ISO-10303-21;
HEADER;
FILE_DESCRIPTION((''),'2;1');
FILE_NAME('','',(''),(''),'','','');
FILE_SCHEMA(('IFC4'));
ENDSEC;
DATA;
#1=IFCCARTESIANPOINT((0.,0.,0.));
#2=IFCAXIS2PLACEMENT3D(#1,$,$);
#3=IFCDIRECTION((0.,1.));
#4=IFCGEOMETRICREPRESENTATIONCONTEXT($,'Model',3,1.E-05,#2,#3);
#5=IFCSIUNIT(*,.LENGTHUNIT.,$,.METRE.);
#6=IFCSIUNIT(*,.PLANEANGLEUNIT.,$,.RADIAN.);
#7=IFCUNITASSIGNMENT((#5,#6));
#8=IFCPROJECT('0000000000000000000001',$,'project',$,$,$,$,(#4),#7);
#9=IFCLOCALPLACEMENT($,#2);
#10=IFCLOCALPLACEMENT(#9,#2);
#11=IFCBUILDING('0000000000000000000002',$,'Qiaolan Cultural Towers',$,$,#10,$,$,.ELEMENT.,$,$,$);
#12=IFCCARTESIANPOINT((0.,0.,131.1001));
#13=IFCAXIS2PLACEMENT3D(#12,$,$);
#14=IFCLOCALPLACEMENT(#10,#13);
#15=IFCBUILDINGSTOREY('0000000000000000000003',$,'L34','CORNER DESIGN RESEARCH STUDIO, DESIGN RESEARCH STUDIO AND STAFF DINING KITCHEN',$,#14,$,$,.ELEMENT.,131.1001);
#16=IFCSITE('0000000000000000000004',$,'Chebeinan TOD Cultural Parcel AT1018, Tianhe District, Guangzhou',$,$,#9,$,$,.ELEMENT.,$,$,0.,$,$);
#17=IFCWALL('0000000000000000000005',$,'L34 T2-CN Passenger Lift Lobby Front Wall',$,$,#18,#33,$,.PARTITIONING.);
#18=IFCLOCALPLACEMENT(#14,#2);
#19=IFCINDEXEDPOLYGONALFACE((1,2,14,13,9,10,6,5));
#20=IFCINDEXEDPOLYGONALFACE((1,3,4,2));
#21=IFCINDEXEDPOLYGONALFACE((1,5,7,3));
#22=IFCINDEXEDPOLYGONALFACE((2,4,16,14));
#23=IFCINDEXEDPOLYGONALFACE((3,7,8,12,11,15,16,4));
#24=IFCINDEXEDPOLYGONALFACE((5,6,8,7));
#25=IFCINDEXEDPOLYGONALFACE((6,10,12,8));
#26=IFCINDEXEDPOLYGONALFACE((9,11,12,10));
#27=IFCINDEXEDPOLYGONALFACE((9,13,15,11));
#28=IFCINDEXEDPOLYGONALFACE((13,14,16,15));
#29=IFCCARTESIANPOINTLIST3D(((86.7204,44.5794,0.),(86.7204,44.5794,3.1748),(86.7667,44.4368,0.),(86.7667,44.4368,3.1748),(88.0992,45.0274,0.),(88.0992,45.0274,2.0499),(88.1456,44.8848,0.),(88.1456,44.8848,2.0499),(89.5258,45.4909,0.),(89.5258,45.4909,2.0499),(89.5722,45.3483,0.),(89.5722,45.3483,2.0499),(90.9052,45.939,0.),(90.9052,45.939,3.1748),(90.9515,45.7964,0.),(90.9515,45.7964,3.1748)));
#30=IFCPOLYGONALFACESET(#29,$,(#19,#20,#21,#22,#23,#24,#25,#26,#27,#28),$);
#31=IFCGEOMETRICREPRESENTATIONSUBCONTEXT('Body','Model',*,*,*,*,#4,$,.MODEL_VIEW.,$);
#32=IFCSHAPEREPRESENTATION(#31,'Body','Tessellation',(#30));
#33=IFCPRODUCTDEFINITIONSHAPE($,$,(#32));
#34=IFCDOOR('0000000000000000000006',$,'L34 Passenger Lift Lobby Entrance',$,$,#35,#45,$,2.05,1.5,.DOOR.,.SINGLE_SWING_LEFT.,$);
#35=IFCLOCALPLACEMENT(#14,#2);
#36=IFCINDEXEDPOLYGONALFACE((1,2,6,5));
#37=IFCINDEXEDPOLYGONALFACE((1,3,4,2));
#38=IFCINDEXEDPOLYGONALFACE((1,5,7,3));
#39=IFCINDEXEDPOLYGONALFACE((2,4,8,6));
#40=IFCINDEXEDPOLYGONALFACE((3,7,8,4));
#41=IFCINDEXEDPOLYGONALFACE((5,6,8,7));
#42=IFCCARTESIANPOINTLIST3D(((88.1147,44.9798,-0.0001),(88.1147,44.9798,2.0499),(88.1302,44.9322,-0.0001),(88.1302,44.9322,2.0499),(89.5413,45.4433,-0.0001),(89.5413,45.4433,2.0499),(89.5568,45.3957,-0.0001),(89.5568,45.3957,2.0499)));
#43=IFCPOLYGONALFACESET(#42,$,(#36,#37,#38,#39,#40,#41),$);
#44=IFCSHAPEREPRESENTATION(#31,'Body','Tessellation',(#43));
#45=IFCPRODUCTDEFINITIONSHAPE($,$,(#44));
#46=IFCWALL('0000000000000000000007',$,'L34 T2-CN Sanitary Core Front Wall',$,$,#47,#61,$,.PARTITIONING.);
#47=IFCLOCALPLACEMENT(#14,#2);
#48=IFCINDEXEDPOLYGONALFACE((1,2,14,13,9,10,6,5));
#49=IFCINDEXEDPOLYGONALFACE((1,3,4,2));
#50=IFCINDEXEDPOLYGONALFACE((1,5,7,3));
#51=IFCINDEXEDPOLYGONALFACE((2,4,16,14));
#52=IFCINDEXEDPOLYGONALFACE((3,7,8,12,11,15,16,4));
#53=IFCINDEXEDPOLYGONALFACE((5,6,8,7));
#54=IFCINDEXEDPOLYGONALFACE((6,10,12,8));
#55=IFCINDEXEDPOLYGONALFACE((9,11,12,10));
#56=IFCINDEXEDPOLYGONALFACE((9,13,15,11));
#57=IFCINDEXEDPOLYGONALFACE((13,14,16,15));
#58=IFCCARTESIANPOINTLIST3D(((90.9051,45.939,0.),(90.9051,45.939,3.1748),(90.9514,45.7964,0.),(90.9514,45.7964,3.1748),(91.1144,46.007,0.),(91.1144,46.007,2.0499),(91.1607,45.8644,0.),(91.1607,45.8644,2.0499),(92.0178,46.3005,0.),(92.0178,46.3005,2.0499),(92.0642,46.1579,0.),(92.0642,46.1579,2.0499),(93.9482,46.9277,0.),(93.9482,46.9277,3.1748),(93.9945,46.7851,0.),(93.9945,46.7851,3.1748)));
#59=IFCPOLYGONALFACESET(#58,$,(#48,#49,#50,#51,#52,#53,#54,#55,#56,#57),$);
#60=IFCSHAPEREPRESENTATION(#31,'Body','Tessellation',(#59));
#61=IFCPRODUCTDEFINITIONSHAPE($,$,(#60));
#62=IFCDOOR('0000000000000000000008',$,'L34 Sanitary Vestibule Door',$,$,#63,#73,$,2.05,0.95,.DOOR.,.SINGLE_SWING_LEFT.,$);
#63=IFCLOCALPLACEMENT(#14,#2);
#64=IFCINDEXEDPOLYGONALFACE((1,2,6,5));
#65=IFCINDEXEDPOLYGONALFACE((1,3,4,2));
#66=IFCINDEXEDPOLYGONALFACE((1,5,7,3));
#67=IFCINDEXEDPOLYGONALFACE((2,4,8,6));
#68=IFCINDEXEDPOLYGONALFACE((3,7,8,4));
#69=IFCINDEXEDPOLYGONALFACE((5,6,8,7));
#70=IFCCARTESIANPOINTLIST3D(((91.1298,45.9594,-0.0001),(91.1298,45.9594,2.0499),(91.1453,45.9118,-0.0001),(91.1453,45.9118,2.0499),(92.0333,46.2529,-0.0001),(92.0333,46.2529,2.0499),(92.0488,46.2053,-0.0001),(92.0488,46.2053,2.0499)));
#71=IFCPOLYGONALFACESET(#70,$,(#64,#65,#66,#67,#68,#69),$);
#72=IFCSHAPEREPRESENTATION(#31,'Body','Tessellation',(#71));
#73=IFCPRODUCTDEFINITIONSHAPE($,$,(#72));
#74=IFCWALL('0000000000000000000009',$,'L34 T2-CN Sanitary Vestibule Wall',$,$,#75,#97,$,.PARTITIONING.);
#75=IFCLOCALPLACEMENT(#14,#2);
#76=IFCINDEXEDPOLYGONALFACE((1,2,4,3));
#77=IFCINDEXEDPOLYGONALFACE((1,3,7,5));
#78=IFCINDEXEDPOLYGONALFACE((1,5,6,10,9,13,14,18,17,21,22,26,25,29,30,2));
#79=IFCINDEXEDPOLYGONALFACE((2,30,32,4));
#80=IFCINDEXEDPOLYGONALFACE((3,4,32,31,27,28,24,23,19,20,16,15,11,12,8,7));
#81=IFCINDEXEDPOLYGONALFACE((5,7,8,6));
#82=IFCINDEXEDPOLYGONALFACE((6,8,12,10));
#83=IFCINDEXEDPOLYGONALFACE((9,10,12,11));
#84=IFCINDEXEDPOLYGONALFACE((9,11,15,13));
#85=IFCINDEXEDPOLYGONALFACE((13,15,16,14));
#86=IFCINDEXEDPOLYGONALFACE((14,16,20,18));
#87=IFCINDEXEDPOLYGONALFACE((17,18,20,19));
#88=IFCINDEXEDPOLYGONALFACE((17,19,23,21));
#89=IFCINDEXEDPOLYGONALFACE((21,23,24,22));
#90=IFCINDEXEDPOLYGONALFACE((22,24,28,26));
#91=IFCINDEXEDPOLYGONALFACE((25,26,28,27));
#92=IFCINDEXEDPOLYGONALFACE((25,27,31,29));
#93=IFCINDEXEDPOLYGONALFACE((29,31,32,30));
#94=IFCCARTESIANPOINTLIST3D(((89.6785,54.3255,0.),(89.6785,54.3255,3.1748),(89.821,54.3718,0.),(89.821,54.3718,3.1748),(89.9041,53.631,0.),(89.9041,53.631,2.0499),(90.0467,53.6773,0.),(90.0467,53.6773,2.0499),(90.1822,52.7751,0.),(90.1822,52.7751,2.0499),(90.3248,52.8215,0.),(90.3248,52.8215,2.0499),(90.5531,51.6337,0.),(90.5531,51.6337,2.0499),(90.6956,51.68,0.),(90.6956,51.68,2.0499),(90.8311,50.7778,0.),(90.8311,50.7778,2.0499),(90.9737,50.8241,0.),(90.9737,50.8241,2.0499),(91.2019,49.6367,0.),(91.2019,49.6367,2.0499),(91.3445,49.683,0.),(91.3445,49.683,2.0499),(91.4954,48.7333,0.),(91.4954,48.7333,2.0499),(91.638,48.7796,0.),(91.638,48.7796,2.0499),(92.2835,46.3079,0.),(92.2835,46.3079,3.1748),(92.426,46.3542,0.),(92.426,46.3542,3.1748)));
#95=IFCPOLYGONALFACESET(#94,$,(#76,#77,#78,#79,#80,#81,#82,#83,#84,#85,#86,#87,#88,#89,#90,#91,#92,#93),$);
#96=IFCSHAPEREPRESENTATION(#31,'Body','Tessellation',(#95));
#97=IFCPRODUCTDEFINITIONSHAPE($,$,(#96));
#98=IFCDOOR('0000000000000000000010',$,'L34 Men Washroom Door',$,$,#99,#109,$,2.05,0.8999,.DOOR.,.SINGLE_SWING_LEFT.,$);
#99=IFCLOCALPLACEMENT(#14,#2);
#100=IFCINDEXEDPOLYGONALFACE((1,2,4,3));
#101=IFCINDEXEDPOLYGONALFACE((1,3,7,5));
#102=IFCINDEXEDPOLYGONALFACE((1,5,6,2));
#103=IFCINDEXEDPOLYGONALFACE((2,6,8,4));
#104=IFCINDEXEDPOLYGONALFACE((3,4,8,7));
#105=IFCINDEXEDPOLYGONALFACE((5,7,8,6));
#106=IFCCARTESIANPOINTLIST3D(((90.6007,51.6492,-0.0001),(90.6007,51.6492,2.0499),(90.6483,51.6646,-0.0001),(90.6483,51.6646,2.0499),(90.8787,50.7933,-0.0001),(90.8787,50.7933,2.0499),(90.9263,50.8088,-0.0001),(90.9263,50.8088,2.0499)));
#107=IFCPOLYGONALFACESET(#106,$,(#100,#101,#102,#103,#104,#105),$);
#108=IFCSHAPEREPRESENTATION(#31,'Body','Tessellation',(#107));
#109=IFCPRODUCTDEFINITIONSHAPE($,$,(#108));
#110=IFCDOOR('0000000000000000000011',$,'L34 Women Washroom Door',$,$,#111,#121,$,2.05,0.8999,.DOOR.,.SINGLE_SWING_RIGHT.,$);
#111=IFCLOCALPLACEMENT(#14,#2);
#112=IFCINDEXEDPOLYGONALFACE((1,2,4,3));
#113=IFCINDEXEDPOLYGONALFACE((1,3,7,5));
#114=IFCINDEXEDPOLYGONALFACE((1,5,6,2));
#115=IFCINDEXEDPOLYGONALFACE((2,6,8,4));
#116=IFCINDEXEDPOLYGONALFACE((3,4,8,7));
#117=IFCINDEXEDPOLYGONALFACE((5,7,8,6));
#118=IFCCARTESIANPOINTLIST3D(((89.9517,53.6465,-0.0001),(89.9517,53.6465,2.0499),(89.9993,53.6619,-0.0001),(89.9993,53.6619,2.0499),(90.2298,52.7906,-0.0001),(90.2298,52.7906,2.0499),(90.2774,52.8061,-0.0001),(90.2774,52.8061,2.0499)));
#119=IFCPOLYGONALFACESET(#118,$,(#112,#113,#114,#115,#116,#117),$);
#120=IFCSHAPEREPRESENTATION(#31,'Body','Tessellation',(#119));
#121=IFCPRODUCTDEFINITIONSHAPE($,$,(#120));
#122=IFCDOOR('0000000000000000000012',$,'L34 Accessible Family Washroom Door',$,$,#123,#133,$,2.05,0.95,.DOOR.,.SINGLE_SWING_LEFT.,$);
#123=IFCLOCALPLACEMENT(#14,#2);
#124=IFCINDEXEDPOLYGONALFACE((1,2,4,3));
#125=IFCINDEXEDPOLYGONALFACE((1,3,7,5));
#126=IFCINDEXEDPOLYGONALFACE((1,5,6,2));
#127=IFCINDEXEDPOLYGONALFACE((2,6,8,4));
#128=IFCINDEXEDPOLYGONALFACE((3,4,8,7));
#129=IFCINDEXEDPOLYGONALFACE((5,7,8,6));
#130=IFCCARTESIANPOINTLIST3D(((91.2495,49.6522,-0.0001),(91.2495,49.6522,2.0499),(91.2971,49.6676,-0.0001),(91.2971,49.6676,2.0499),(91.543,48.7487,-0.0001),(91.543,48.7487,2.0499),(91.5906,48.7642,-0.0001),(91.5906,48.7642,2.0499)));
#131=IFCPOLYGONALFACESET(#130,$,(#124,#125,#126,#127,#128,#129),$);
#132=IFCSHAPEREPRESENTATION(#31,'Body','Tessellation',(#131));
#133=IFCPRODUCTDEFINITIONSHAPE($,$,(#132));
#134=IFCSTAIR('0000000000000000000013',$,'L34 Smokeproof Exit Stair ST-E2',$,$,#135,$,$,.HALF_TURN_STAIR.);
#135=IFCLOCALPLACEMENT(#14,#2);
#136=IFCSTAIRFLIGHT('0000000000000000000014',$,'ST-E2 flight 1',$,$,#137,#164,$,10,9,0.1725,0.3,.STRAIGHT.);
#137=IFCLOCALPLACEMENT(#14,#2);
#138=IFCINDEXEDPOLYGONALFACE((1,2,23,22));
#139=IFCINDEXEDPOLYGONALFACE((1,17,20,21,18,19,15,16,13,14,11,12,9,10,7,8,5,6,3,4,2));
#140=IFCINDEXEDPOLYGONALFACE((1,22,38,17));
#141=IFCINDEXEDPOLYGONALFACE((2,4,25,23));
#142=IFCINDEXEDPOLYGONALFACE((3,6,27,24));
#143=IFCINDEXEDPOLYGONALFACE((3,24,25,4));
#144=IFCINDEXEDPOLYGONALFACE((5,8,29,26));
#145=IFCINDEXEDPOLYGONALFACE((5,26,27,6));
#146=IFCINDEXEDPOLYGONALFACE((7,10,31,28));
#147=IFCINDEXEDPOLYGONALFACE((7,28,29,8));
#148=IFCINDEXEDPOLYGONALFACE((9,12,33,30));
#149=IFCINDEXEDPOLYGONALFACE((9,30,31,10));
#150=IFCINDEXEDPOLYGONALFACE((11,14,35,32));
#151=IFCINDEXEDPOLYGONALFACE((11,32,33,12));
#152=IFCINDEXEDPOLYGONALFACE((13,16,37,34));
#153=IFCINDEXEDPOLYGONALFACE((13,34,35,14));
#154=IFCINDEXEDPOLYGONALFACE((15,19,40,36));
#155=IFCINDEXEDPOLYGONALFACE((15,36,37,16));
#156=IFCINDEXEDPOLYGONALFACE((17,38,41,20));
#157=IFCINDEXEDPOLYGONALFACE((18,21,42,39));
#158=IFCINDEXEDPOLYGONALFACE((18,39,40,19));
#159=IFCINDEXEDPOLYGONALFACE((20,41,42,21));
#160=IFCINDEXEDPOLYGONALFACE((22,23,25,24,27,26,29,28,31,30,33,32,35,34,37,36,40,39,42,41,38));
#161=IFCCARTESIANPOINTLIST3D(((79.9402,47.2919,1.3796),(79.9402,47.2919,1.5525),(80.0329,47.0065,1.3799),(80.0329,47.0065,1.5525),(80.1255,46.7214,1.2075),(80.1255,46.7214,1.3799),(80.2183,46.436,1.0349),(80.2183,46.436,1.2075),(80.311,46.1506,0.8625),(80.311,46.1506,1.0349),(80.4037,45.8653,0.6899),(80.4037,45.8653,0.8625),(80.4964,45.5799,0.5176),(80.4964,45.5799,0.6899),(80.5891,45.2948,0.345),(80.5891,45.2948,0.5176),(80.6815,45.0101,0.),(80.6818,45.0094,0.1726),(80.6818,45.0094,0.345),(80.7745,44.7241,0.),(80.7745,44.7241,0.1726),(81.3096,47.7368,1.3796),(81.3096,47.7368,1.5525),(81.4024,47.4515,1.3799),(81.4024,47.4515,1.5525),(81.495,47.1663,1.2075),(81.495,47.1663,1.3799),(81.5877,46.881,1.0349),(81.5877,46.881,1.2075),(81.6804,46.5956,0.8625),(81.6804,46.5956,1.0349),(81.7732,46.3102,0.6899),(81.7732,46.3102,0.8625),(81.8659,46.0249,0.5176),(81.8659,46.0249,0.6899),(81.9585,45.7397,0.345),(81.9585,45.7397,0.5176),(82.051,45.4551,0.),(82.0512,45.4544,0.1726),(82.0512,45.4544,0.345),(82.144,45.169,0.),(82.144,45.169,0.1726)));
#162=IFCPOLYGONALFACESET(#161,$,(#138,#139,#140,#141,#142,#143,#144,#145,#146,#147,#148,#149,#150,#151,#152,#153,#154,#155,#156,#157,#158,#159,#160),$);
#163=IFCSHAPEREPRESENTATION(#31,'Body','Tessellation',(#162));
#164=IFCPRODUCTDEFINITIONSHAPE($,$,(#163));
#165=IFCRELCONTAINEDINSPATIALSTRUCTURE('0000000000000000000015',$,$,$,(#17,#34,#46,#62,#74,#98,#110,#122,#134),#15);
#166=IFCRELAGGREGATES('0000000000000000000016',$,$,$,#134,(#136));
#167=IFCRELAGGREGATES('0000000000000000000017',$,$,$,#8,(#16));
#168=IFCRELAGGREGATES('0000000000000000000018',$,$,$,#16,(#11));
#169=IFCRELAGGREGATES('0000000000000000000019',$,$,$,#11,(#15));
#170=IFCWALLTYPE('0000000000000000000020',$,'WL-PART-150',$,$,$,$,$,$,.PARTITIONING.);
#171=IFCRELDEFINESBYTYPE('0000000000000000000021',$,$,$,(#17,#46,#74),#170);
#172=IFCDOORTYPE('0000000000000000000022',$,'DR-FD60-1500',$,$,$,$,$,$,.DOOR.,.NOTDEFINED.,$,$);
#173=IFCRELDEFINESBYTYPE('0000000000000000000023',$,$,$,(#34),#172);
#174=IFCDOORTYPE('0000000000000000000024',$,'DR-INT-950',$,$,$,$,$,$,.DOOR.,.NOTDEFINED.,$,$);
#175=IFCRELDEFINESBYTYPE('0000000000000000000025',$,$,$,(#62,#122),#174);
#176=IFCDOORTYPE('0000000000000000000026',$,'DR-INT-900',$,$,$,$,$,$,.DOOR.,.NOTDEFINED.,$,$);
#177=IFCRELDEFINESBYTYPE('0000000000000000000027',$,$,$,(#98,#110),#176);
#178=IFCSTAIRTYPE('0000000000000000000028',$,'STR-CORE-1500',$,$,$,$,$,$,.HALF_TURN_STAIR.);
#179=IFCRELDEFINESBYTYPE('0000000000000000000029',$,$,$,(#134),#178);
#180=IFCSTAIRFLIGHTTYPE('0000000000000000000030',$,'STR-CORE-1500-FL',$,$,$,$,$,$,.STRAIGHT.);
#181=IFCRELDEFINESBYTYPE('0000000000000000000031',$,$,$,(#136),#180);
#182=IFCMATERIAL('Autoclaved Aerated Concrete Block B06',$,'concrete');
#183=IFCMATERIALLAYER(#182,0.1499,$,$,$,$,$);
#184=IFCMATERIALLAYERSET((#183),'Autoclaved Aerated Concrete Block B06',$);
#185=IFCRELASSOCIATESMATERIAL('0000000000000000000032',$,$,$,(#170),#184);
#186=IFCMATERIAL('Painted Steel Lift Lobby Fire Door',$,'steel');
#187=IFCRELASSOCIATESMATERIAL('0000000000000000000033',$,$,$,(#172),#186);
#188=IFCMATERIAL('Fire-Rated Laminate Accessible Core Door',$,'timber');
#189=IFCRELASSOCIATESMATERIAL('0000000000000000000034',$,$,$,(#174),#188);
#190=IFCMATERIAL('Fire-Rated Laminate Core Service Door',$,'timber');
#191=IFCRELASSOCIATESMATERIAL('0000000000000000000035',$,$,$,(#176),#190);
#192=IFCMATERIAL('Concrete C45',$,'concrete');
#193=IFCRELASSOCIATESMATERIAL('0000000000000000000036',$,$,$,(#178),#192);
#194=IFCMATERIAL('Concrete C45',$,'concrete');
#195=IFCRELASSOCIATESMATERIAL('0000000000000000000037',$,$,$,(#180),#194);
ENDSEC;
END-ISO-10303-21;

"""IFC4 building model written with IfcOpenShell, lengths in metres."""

from ifc_helpers import new_model, si_unit, direction, frame, frame_2d, origin, place, context, subcontext, project, spatial, polyline, rectangle, outline, extrude, material, layer, layer_set, type_object, element, fill, aggregate, save


model = new_model("IFC4")

# Units and contexts
model_context = context("Model", 3, precision=1e-05, world=origin(), true_north=direction((0.0, 1.0)))
body_context = subcontext(model_context, "Body", "Model", "MODEL_VIEW")
ifc_project = project(units=[si_unit("LENGTHUNIT", "METRE"), si_unit("PLANEANGLEUNIT", "RADIAN")], contexts=[model_context])

# Site, building, storey
site_placement = place(None, origin())
site = spatial("IfcSite", under=ifc_project, at=site_placement, Name="Chebeinan TOD Cultural Parcel AT1018, Tianhe District, Guangzhou", CompositionType="ELEMENT", RefElevation=0.0)
building_placement = place(site_placement, origin())
building = spatial("IfcBuilding", under=site, at=building_placement, Name="Qiaolan Cultural Towers", CompositionType="ELEMENT")
storey_placement = place(building_placement, frame((0.0, 0.0, 131.1001)))
storey = spatial("IfcBuildingStorey", under=building, at=storey_placement, Name="L34", Description="CORNER DESIGN RESEARCH STUDIO, DESIGN RESEARCH STUDIO AND STAFF DINING KITCHEN", CompositionType="ELEMENT", Elevation=131.1001)

# Walls, openings, doors
ifc_material_1 = material(Name="Autoclaved Aerated Concrete Block B06", Category="concrete")
ifc_layer_1 = layer(ifc_material_1, 0.1499)
ifc_layer_set_1 = layer_set([ifc_layer_1], Name="Autoclaved Aerated Concrete Block B06")
wall_type_1 = type_object("IfcWallType", Name="WL-PART-150", PredefinedType="PARTITIONING", material=ifc_layer_set_1)
wall_1_placement = place(storey_placement, frame((86.7434, 44.5081, 0.0), z_axis=(0.0, 0.0, 1.0), x_axis=(0.951064, 0.308994, 0.0)))
wall_1 = element("IfcWall", 1, at=wall_1_placement, inside=storey, type_object=wall_type_1, Name="L34 T2-CN Passenger Lift Lobby Front Wall", PredefinedType="PARTITIONING", context=body_context, shape_type="SweptSolid", body=[
    extrude(rectangle(XDim=4.4001, YDim=0.1499, at=frame_2d((2.2002, 0.0))), origin(), (0.0, 0.0, 1.0), 3.1748),
])
opening_1_placement = place(wall_1_placement, frame((1.45, 0.0, 0.0)))
opening_1 = element("IfcOpeningElement", 2, at=opening_1_placement, cuts=wall_1, PredefinedType="OPENING", context=body_context, shape_type="SweptSolid", body=[
    extrude(rectangle(XDim=1.5, YDim=2.05, at=frame_2d((0.75, 1.0249))), frame((0.0, 0.085, 0.0), z_axis=(0.0, -1.0, 0.0), x_axis=(1.0, 0.0, 0.0)), (0.0, 0.0, 1.0), 0.1699),
])
ifc_material_2 = material(Name="Painted Steel Lift Lobby Fire Door", Category="steel")
door_type_1 = type_object("IfcDoorType", Name="DR-FD60-1500", OperationType="NOTDEFINED", PredefinedType="DOOR", material=ifc_material_2)
door_1_placement = place(opening_1_placement, origin())
door_1 = element("IfcDoor", 3, at=door_1_placement, inside=storey, type_object=door_type_1, Name="L34 Passenger Lift Lobby Entrance", OperationType="SINGLE_SWING_LEFT", OverallHeight=2.05, OverallWidth=1.5, PredefinedType="DOOR", context=body_context, shape_type="SweptSolid", body=[
    extrude(rectangle(XDim=1.5, YDim=2.05, at=frame_2d((0.75, 1.0249))), frame((0.0, 0.0249, 0.0), z_axis=(0.0, -1.0, 0.0), x_axis=(1.0, 0.0, 0.0)), (0.0, 0.0, 1.0), 0.05),
])
fill(opening_1, door_1)
wall_2_placement = place(storey_placement, frame((90.9282, 45.8677, 0.0), z_axis=(0.0, 0.0, 1.0), x_axis=(0.951059, 0.309008, 0.0)))
wall_2 = element("IfcWall", 4, at=wall_2_placement, inside=storey, type_object=wall_type_1, Name="L34 T2-CN Sanitary Core Front Wall", PredefinedType="PARTITIONING", context=body_context, shape_type="SweptSolid", body=[
    extrude(rectangle(XDim=3.1997, YDim=0.1499, at=frame_2d((1.5999, 0.0))), origin(), (0.0, 0.0, 1.0), 3.1748),
])
opening_2_placement = place(wall_2_placement, frame((0.22, 0.0, 0.0)))
opening_2 = element("IfcOpeningElement", 5, at=opening_2_placement, cuts=wall_2, PredefinedType="OPENING", context=body_context, shape_type="SweptSolid", body=[
    extrude(rectangle(XDim=0.95, YDim=2.05, at=frame_2d((0.4751, 1.0249))), frame((0.0, 0.085, 0.0), z_axis=(0.0, -1.0, 0.0), x_axis=(1.0, 0.0, 0.0)), (0.0, 0.0, 1.0), 0.1699),
])
ifc_material_3 = material(Name="Fire-Rated Laminate Accessible Core Door", Category="timber")
door_type_2 = type_object("IfcDoorType", Name="DR-INT-950", OperationType="NOTDEFINED", PredefinedType="DOOR", material=ifc_material_3)
door_2_placement = place(opening_2_placement, origin())
door_2 = element("IfcDoor", 6, at=door_2_placement, inside=storey, type_object=door_type_2, Name="L34 Sanitary Vestibule Door", OperationType="SINGLE_SWING_LEFT", OverallHeight=2.05, OverallWidth=0.95, PredefinedType="DOOR", context=body_context, shape_type="SweptSolid", body=[
    extrude(rectangle(XDim=0.95, YDim=2.05, at=frame_2d((0.4751, 1.0249))), frame((0.0, 0.0249, 0.0), z_axis=(0.0, -1.0, 0.0), x_axis=(1.0, 0.0, 0.0)), (0.0, 0.0, 1.0), 0.05),
])
fill(opening_2, door_2)

# Wall, openings, doors
wall_3_placement = place(storey_placement, frame((92.3547, 46.3311, 0.0), z_axis=(0.0, 0.0, 1.0), x_axis=(-0.309007, 0.95106, 0.0)))
wall_3 = element("IfcWall", 7, at=wall_3_placement, inside=storey, type_object=wall_type_1, Name="L34 T2-CN Sanitary Vestibule Wall", PredefinedType="PARTITIONING", context=body_context, shape_type="SweptSolid", body=[
    extrude(rectangle(XDim=8.4302, YDim=0.1499, at=frame_2d((4.2151, 0.0))), origin(), (0.0, 0.0, 1.0), 3.1748),
])
opening_3_placement = place(wall_3_placement, frame((2.55, 0.0, 0.0)))
opening_3 = element("IfcOpeningElement", 8, at=opening_3_placement, cuts=wall_3, PredefinedType="OPENING", context=body_context, shape_type="SweptSolid", body=[
    extrude(rectangle(XDim=0.95, YDim=2.05, at=frame_2d((0.4751, 1.0249))), frame((0.0, 0.085, 0.0), z_axis=(0.0, -1.0, 0.0), x_axis=(1.0, 0.0, 0.0)), (0.0, 0.0, 1.0), 0.1699),
])
opening_4_placement = place(wall_3_placement, frame((4.7, 0.0, 0.0)))
opening_4 = element("IfcOpeningElement", 9, at=opening_4_placement, cuts=wall_3, PredefinedType="OPENING", context=body_context, shape_type="SweptSolid", body=[
    extrude(rectangle(XDim=0.8999, YDim=2.05, at=frame_2d((0.45, 1.0249))), frame((0.0, 0.085, 0.0), z_axis=(0.0, -1.0, 0.0), x_axis=(1.0, 0.0, 0.0)), (0.0, 0.0, 1.0), 0.1699),
])
opening_5_placement = place(wall_3_placement, frame((6.8, 0.0, 0.0)))
opening_5 = element("IfcOpeningElement", 10, at=opening_5_placement, cuts=wall_3, PredefinedType="OPENING", context=body_context, shape_type="SweptSolid", body=[
    extrude(rectangle(XDim=0.8999, YDim=2.05, at=frame_2d((0.45, 1.0249))), frame((0.0, 0.085, 0.0), z_axis=(0.0, -1.0, 0.0), x_axis=(1.0, 0.0, 0.0)), (0.0, 0.0, 1.0), 0.1699),
])
ifc_material_4 = material(Name="Fire-Rated Laminate Core Service Door", Category="timber")
door_type_3 = type_object("IfcDoorType", Name="DR-INT-900", OperationType="NOTDEFINED", PredefinedType="DOOR", material=ifc_material_4)
door_3_placement = place(opening_4_placement, origin())
door_3 = element("IfcDoor", 11, at=door_3_placement, inside=storey, type_object=door_type_3, Name="L34 Men Washroom Door", OperationType="SINGLE_SWING_LEFT", OverallHeight=2.05, OverallWidth=0.8999, PredefinedType="DOOR", context=body_context, shape_type="SweptSolid", body=[
    extrude(rectangle(XDim=0.8999, YDim=2.05, at=frame_2d((0.45, 1.0249))), frame((0.0, 0.0249, 0.0), z_axis=(0.0, -1.0, 0.0), x_axis=(1.0, 0.0, 0.0)), (0.0, 0.0, 1.0), 0.05),
])
fill(opening_4, door_3)
door_4_placement = place(opening_5_placement, origin())
door_4 = element("IfcDoor", 12, at=door_4_placement, inside=storey, type_object=door_type_3, Name="L34 Women Washroom Door", OperationType="SINGLE_SWING_RIGHT", OverallHeight=2.05, OverallWidth=0.8999, PredefinedType="DOOR", context=body_context, shape_type="SweptSolid", body=[
    extrude(rectangle(XDim=0.8999, YDim=2.05, at=frame_2d((0.45, 1.0249))), frame((0.0, 0.0249, 0.0), z_axis=(0.0, -1.0, 0.0), x_axis=(1.0, 0.0, 0.0)), (0.0, 0.0, 1.0), 0.05),
])
fill(opening_5, door_4)
door_5_placement = place(opening_3_placement, origin())
door_5 = element("IfcDoor", 13, at=door_5_placement, inside=storey, type_object=door_type_2, Name="L34 Accessible Family Washroom Door", OperationType="SINGLE_SWING_LEFT", OverallHeight=2.05, OverallWidth=0.95, PredefinedType="DOOR", context=body_context, shape_type="SweptSolid", body=[
    extrude(rectangle(XDim=0.95, YDim=2.05, at=frame_2d((0.4751, 1.0249))), frame((0.0, 0.0249, 0.0), z_axis=(0.0, -1.0, 0.0), x_axis=(1.0, 0.0, 0.0)), (0.0, 0.0, 1.0), 0.05),
])
fill(opening_3, door_5)

# Stair, stair flight
ifc_material_5 = material(Name="Concrete C45", Category="concrete")
stair_type = type_object("IfcStairType", Name="STR-CORE-1500", PredefinedType="HALF_TURN_STAIR", material=ifc_material_5)
stair_placement = place(storey_placement, origin())
stair = element("IfcStair", 14, at=stair_placement, inside=storey, type_object=stair_type, Name="L34 Smokeproof Exit Stair ST-E2", PredefinedType="HALF_TURN_STAIR")
ifc_material_6 = material(Name="Concrete C45", Category="concrete")
stair_flight_type = type_object("IfcStairFlightType", Name="STR-CORE-1500-FL", PredefinedType="STRAIGHT", material=ifc_material_6)
stair_flight_placement = place(storey_placement, frame((81.4592, 44.9465, 0.0), z_axis=(0.0, 0.0, 1.0), x_axis=(-0.309017, 0.951057, 0.0)))
stair_flight = element("IfcStairFlight", 15, at=stair_flight_placement, type_object=stair_flight_type, Name="ST-E2 flight 1", NumberOfRisers=10, NumberOfTreads=9, PredefinedType="STRAIGHT", RiserHeight=0.1725, TreadLength=0.3, context=body_context, shape_type="SweptSolid", body=[
    extrude(outline(polyline([(0.0, 0.0), (0.0, 0.1726), (0.3, 0.1726), (0.3, 0.345), (0.6001, 0.345), (0.6001, 0.5176), (0.8999, 0.5176), (0.8999, 0.6899), (1.2, 0.6899), (1.2, 0.8625), (1.5, 0.8625), (1.5, 1.0349), (1.8, 1.0349), (1.8, 1.2075), (2.1001, 1.2075), (2.1001, 1.3799), (2.3999, 1.3799), (2.3999, 1.5525), (2.7, 1.5525), (2.7, 1.7251), (2.7, 1.3796), (0.3008, 0.0), (0.0, 0.0)])), frame((0.0, 0.72, 0.0), z_axis=(0.0, -1.0, 0.0), x_axis=(1.0, 0.0, 0.0)), (0.0, 0.0, 1.0), 1.4399),
])
aggregate(stair, [stair_flight])

save(model, "model.ifc")
